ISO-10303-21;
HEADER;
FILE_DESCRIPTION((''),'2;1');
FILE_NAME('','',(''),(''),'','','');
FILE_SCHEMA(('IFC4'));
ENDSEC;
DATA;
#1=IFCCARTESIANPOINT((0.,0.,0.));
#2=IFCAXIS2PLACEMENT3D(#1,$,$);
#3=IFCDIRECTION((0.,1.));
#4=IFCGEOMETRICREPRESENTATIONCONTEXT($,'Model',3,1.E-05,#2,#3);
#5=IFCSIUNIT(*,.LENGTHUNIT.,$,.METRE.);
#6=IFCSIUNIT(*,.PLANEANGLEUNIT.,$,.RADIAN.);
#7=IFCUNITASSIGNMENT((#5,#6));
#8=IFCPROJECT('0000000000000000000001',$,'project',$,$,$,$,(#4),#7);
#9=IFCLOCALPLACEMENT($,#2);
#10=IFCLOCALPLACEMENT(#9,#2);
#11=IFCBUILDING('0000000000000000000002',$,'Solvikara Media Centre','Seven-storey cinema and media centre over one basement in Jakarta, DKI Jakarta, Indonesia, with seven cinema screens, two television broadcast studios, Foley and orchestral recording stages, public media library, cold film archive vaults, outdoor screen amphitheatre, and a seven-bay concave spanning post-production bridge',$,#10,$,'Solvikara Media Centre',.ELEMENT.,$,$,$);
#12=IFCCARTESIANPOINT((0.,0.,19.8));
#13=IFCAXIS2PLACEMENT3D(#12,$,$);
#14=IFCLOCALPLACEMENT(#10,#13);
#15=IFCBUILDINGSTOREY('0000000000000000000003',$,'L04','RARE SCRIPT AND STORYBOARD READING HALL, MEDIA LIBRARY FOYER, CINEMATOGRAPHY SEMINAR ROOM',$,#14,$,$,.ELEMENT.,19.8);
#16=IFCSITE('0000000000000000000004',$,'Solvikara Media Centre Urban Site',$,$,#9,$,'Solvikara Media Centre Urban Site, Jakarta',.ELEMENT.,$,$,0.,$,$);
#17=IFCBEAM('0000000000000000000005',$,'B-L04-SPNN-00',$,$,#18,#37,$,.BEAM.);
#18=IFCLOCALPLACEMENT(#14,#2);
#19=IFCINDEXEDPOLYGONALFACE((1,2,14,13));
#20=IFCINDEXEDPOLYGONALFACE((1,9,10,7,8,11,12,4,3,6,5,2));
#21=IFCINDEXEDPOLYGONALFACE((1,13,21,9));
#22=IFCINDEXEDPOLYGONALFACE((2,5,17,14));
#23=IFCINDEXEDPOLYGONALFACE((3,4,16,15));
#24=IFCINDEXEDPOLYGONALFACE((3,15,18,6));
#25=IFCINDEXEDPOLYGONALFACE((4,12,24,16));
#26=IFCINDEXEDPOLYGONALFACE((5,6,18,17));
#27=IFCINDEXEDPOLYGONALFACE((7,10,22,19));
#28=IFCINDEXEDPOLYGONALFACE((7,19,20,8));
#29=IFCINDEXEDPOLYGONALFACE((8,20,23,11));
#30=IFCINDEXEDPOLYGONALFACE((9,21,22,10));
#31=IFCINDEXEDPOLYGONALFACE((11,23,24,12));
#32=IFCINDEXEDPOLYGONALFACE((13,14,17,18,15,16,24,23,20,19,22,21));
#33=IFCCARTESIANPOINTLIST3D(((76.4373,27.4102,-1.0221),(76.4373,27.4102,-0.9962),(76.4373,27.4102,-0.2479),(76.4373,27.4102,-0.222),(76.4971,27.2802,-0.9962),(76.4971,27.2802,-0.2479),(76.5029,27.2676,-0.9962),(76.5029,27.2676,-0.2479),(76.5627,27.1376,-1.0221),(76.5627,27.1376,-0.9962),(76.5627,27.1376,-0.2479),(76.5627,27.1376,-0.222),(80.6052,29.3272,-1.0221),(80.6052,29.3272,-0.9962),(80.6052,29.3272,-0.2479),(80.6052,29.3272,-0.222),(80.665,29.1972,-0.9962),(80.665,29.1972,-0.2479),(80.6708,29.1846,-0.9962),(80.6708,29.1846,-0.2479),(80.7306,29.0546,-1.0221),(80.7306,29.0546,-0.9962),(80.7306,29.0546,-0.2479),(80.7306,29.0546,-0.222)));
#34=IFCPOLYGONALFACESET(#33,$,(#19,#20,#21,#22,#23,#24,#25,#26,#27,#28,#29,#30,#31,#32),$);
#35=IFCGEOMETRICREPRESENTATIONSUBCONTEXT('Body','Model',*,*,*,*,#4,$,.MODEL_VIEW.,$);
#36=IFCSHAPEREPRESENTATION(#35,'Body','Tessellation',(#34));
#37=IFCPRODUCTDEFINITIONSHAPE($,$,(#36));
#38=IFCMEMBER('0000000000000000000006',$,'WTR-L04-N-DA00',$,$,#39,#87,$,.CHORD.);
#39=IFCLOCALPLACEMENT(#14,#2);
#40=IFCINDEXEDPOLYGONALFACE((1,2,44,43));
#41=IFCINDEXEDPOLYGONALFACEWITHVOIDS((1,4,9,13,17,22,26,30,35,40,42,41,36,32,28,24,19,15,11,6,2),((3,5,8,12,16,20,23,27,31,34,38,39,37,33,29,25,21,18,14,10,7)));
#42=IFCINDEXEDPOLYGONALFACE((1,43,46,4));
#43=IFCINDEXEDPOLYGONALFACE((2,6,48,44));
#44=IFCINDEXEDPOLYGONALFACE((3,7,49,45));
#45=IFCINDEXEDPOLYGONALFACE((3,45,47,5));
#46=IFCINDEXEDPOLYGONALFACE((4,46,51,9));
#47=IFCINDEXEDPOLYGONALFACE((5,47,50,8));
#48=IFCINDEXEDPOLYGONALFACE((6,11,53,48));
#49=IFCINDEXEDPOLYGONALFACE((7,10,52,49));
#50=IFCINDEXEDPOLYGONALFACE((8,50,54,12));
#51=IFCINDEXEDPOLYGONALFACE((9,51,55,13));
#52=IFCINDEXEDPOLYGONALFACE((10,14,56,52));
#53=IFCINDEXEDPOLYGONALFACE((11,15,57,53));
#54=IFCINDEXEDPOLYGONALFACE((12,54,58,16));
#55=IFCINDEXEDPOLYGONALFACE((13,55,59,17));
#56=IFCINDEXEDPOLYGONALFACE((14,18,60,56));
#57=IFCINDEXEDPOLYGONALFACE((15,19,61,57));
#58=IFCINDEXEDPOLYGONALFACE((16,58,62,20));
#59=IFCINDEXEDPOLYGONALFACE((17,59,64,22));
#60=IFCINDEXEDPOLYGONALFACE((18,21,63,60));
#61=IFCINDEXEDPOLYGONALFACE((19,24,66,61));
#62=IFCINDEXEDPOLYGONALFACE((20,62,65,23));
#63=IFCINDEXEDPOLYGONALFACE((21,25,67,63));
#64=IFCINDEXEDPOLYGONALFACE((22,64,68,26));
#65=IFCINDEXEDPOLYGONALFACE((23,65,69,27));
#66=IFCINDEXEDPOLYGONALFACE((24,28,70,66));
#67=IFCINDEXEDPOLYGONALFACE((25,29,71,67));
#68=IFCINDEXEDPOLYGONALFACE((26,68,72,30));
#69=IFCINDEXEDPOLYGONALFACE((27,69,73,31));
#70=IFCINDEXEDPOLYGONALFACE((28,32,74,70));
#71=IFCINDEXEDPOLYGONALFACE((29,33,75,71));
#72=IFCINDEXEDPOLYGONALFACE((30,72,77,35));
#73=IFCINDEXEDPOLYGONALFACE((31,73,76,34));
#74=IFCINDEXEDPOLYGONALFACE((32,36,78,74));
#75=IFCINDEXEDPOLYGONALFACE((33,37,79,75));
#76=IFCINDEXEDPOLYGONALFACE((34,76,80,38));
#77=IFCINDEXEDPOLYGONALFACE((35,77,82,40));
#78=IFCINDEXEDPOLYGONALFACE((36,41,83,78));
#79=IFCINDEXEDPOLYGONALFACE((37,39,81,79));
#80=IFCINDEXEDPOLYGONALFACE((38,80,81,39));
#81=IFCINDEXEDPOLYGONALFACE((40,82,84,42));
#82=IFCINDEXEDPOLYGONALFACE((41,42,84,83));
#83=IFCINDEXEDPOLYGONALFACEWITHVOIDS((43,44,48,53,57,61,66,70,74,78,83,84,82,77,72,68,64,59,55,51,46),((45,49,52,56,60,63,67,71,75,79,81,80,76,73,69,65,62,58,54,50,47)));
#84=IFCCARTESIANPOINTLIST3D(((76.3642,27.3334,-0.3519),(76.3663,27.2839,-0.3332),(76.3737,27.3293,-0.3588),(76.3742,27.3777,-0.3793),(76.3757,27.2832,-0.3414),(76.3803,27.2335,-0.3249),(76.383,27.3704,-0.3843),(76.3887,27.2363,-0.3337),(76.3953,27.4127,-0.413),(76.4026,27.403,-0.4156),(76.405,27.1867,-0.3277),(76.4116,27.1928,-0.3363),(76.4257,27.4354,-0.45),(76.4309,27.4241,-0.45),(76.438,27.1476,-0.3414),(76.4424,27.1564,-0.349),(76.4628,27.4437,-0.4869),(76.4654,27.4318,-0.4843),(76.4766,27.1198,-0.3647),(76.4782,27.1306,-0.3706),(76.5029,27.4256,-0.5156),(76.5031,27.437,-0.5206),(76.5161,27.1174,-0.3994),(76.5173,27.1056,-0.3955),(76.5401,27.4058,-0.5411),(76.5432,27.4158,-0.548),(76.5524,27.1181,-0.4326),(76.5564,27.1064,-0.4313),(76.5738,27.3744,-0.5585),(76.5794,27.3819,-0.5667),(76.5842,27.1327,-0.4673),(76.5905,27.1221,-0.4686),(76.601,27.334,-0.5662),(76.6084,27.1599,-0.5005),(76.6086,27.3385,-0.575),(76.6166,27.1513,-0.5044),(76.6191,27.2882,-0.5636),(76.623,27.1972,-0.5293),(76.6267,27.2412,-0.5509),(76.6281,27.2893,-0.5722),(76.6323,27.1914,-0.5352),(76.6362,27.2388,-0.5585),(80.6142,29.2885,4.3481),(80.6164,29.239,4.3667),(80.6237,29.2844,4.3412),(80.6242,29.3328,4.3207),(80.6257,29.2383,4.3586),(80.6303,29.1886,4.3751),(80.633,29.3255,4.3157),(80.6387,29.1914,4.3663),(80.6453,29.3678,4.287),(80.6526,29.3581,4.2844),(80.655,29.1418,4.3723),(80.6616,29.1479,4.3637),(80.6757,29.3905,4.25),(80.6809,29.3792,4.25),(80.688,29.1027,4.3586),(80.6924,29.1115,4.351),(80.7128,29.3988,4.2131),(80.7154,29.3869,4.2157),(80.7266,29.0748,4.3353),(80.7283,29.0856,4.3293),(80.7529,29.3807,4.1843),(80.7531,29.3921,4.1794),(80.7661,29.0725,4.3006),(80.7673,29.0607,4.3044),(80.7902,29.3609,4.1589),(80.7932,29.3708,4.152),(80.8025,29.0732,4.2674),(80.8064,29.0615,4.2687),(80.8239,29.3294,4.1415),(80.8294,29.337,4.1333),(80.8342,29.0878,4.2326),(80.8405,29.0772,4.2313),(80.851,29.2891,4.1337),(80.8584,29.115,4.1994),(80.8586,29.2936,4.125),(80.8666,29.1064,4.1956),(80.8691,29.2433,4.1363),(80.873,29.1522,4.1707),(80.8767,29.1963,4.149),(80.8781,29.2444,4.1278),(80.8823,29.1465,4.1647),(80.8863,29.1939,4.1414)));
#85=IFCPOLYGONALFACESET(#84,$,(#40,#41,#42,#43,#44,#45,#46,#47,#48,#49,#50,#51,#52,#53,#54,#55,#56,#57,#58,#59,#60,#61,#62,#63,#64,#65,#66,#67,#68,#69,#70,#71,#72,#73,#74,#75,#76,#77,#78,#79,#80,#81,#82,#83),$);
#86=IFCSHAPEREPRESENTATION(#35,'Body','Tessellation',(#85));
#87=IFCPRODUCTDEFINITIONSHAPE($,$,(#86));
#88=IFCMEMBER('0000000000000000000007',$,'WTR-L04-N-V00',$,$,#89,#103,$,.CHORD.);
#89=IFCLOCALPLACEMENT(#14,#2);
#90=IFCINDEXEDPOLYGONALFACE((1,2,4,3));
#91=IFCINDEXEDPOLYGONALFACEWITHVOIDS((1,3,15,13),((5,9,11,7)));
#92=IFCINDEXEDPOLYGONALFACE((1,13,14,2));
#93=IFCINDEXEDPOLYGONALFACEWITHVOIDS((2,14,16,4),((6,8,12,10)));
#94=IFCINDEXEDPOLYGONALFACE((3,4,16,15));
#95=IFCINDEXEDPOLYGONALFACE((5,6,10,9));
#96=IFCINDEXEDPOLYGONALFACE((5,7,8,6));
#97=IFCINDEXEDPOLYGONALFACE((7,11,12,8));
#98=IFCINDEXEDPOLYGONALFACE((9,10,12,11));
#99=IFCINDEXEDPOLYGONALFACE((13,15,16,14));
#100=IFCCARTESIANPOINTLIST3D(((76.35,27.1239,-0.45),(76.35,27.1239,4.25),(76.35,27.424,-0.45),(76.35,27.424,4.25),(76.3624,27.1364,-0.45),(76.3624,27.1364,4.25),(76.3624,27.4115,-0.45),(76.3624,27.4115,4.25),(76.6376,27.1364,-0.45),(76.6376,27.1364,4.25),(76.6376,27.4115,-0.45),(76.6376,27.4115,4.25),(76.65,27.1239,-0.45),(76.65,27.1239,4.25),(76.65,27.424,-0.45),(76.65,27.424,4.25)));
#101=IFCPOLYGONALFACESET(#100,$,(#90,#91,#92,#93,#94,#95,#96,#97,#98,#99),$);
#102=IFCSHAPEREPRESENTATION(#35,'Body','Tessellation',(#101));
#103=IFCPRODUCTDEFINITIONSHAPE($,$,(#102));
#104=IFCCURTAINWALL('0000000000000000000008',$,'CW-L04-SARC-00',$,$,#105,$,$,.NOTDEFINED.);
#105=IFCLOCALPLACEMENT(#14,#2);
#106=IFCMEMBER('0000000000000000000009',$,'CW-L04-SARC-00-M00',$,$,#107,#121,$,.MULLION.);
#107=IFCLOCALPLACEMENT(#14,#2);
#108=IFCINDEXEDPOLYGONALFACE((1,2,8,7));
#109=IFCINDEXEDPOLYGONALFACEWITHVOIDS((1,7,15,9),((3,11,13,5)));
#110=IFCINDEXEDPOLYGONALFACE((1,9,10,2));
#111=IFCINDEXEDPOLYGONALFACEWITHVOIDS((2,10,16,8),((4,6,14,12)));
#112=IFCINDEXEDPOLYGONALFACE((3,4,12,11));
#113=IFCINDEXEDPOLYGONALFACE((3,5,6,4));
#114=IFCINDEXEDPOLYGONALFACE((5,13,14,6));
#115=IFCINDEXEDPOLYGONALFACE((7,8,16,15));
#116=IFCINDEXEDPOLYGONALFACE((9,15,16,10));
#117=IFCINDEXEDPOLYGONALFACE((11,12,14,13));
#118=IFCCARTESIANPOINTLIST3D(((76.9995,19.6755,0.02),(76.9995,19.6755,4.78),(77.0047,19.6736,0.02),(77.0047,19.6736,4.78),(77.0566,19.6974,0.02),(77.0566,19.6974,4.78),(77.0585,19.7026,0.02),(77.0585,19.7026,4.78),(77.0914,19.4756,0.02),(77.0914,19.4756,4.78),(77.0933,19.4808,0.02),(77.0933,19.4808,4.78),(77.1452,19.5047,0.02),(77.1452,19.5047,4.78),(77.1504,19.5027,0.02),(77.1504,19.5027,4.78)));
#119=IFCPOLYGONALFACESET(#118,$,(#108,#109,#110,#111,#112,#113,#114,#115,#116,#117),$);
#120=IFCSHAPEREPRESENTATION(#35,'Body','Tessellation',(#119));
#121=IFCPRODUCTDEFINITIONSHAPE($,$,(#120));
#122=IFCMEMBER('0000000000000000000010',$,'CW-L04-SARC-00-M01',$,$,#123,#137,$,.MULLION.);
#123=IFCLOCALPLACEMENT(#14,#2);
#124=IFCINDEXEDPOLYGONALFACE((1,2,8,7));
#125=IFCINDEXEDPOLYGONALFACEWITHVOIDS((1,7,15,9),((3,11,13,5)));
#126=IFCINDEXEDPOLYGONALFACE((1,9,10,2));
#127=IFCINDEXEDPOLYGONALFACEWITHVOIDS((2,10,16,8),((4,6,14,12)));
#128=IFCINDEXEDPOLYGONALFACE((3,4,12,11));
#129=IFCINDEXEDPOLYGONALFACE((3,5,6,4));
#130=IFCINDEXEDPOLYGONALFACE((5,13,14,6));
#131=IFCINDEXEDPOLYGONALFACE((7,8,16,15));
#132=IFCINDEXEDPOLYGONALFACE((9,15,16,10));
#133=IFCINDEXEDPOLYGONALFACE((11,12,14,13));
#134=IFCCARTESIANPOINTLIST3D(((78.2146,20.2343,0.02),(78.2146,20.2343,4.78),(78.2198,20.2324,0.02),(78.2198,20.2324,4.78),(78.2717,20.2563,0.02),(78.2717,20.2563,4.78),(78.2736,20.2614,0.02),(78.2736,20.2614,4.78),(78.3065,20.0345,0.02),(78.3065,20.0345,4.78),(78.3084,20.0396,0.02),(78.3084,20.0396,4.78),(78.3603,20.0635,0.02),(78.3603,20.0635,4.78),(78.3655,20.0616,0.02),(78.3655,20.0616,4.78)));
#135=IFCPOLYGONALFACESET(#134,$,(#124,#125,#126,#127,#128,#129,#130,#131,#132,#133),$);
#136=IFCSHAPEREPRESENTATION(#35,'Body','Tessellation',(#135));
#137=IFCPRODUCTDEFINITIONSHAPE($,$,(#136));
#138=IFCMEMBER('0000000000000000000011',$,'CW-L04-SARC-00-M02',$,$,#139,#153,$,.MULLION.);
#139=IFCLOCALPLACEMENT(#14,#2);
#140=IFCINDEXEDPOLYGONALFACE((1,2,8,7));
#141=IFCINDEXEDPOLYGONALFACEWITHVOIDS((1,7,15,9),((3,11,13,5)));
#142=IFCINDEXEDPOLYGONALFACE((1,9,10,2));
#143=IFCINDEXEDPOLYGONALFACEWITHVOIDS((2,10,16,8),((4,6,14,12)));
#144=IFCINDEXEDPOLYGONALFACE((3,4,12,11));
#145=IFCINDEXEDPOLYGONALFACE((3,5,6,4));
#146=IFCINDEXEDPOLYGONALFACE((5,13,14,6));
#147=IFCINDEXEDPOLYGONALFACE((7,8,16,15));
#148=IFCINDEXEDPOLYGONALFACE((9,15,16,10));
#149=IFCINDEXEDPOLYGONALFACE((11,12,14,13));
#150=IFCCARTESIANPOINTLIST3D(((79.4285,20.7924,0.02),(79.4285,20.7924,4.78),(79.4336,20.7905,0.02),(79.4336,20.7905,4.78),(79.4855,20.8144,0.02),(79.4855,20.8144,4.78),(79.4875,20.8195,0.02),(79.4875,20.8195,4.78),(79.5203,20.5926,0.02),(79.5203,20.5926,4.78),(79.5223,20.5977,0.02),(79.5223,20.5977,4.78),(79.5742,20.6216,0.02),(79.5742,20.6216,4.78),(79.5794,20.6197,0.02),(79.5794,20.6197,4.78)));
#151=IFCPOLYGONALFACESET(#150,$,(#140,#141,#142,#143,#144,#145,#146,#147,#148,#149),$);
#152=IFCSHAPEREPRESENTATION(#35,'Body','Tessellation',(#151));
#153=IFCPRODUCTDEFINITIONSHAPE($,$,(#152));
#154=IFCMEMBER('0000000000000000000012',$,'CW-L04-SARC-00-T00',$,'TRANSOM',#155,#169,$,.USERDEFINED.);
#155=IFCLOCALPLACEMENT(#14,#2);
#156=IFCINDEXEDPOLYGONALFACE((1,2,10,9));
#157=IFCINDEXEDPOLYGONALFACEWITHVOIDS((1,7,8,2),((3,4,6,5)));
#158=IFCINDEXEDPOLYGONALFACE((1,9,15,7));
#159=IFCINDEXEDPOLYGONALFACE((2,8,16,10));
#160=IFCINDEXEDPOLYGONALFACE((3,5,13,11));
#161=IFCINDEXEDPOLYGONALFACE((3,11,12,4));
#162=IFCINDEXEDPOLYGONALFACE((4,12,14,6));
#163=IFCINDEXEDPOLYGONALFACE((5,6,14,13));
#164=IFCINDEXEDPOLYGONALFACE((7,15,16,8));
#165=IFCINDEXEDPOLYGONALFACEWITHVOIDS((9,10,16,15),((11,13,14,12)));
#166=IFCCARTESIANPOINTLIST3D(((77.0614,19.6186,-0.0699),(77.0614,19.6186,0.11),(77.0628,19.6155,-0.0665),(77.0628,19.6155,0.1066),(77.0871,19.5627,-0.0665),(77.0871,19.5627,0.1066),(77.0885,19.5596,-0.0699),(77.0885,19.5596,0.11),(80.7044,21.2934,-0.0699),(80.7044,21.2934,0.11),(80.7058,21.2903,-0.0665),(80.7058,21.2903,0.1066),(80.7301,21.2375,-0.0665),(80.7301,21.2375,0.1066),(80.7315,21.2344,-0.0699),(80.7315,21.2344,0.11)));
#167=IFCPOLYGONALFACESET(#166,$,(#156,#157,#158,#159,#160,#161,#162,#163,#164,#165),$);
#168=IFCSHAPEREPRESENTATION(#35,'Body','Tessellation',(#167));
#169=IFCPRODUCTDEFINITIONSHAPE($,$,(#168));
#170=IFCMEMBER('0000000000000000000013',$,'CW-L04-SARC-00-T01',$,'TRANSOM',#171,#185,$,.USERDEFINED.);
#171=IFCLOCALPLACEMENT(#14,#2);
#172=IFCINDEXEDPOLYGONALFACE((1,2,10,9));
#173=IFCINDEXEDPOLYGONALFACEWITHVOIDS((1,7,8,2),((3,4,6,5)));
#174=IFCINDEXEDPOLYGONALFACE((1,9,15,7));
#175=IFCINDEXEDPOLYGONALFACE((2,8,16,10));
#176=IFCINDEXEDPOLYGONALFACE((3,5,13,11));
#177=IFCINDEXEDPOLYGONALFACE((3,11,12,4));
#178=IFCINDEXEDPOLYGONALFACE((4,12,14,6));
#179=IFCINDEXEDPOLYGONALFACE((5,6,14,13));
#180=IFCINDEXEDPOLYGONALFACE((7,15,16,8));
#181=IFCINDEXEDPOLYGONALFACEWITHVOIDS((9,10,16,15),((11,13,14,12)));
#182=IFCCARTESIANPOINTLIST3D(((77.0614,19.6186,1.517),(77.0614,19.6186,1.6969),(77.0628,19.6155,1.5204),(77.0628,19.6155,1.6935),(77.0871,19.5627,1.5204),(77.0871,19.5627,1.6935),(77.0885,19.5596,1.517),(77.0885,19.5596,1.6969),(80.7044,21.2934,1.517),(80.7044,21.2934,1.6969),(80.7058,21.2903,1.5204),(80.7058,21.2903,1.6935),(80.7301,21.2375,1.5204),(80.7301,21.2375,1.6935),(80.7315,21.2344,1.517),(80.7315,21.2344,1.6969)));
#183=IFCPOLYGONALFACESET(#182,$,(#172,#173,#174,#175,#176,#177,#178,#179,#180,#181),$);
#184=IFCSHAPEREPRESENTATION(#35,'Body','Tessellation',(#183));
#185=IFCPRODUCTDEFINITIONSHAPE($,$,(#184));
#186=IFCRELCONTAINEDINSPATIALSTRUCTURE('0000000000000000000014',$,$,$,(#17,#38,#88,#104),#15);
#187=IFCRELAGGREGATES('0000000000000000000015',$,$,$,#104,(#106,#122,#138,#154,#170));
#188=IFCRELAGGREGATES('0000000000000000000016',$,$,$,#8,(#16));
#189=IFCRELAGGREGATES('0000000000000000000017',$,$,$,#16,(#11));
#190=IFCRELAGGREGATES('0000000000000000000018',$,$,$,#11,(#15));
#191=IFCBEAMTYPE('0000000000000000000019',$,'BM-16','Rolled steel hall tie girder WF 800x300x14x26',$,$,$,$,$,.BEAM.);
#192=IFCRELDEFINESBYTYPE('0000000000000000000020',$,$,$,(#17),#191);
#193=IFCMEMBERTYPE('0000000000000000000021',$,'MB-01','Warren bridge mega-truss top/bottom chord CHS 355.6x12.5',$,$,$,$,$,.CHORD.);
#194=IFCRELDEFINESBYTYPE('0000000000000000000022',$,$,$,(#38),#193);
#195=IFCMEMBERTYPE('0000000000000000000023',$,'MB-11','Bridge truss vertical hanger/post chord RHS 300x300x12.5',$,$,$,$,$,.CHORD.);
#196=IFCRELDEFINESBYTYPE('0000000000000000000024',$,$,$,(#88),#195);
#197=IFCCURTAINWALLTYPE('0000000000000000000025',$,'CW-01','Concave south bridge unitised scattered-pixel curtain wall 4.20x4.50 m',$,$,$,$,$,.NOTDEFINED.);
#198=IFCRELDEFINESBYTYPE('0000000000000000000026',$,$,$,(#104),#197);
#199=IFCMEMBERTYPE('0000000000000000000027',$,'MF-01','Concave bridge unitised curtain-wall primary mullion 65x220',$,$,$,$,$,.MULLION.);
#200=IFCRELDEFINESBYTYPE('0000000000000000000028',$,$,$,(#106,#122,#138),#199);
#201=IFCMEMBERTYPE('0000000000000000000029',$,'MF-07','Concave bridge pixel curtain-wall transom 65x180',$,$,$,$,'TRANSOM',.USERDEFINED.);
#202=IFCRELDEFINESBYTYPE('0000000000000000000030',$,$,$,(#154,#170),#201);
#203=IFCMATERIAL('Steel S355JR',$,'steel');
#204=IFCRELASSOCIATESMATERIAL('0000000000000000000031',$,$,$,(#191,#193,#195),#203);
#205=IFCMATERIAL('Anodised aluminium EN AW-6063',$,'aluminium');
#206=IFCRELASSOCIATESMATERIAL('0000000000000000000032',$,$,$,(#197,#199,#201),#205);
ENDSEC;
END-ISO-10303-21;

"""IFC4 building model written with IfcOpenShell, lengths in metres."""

from ifc_helpers import new_model, si_unit, direction, frame, origin, origin_2d, place, context, subcontext, project, spatial, hollow_rectangle, hollow_circle, i_section, extrude, material, material_profile, profile_set, type_object, element, aggregate, save


model = new_model("IFC4")

# Units and contexts
model_context = context("Model", 3, precision=1e-05, world=origin(), true_north=direction((0.0, 1.0)))
body_context = subcontext(model_context, "Body", "Model", "MODEL_VIEW")
ifc_project = project(units=[si_unit("LENGTHUNIT", "METRE"), si_unit("PLANEANGLEUNIT", "RADIAN")], contexts=[model_context])

# Site, building, storey
site_placement = place(None, origin())
site = spatial("IfcSite", under=ifc_project, at=site_placement, Name="Solvikara Media Centre Urban Site", LongName="Solvikara Media Centre Urban Site, Jakarta", CompositionType="ELEMENT", RefElevation=0.0)
building_placement = place(site_placement, origin())
building = spatial("IfcBuilding", under=site, at=building_placement, Name="Solvikara Media Centre", Description="Seven-storey cinema and media centre over one basement in Jakarta, DKI Jakarta, Indonesia, with seven cinema screens, two television broadcast studios, Foley and orchestral recording stages, public media library, cold film archive vaults, outdoor screen amphitheatre, and a seven-bay concave spanning post-production bridge", LongName="Solvikara Media Centre", CompositionType="ELEMENT")
storey_placement = place(building_placement, frame((0.0, 0.0, 19.8)))
storey = spatial("IfcBuildingStorey", under=building, at=storey_placement, Name="L04", Description="RARE SCRIPT AND STORYBOARD READING HALL, MEDIA LIBRARY FOYER, CINEMATOGRAPHY SEMINAR ROOM", CompositionType="ELEMENT", Elevation=19.8)

# Beam
ifc_material_1 = material(Name="Steel S355JR", Category="steel")
ifc_material_profile_1 = material_profile(ifc_material_1, i_section(OverallWidth=0.3, OverallDepth=0.8, WebThickness=0.0139, FlangeThickness=0.0259, at=origin_2d()), Name="WF 800x300x14x26")
ifc_profile_set_1 = profile_set([ifc_material_profile_1], Name="Steel S355JR")
beam_type = type_object("IfcBeamType", Name="BM-16", Description="Rolled steel hall tie girder WF 800x300x14x26", PredefinedType="BEAM", material=ifc_profile_set_1)
beam_placement = place(storey_placement, frame((76.5, 27.2739, -0.6221), z_axis=(0.908513, 0.417856, 0.0), x_axis=(-0.417856, 0.908513, 0.0)))
element("IfcBeam", 1, at=beam_placement, inside=storey, type_object=beam_type, Name="B-L04-SPNN-00", PredefinedType="BEAM", context=body_context, shape_type="SweptSolid", body=[
    extrude(i_section(OverallWidth=0.3, OverallDepth=0.8, WebThickness=0.0139, FlangeThickness=0.0259, at=origin_2d()), origin(), (0.0, 0.0, 1.0), 4.5876),
])

# Members
ifc_material_profile_2 = material_profile(ifc_material_1, hollow_circle(Radius=0.1777, WallThickness=0.0125, at=origin_2d()), Name="CHS 355.6x12.5")
ifc_profile_set_2 = profile_set([ifc_material_profile_2], Name="Steel S355JR")
member_type_1 = type_object("IfcMemberType", Name="MB-01", Description="Warren bridge mega-truss top/bottom chord CHS 355.6x12.5", PredefinedType="CHORD", material=ifc_profile_set_2)
member_1_placement = place(storey_placement, frame((76.5, 27.2739, -0.45), z_axis=(0.640898, 0.294825, 0.708751), x_axis=(-0.417919, 0.908484, 0.0)))
element("IfcMember", 2, at=member_1_placement, inside=storey, type_object=member_type_1, Name="WTR-L04-N-DA00", PredefinedType="CHORD", context=body_context, shape_type="SweptSolid", body=[
    extrude(hollow_circle(Radius=0.1777, WallThickness=0.0125, at=origin_2d()), origin(), (0.0, 0.0, 1.0), 6.6313),
])
ifc_material_profile_3 = material_profile(ifc_material_1, hollow_rectangle(XDim=0.3, YDim=0.3, WallThickness=0.0125, at=origin_2d()), Name="RHS 300x300x12.5")
ifc_profile_set_3 = profile_set([ifc_material_profile_3], Name="Steel S355JR")
member_type_2 = type_object("IfcMemberType", Name="MB-11", Description="Bridge truss vertical hanger/post chord RHS 300x300x12.5", PredefinedType="CHORD", material=ifc_profile_set_3)
member_2_placement = place(storey_placement, frame((76.5, 27.2739, -0.45), z_axis=(0.0, 0.0, 1.0), x_axis=(1.0, 0.0, 0.0)))
element("IfcMember", 3, at=member_2_placement, inside=storey, type_object=member_type_2, Name="WTR-L04-N-V00", PredefinedType="CHORD", context=body_context, shape_type="SweptSolid", body=[
    extrude(hollow_rectangle(XDim=0.3, YDim=0.3, WallThickness=0.0125, at=origin_2d()), origin(), (0.0, 0.0, 1.0), 4.7),
])

# Curtain wall, members
ifc_material_2 = material(Name="Anodised aluminium EN AW-6063", Category="aluminium")
curtain_wall_type = type_object("IfcCurtainWallType", Name="CW-01", Description="Concave south bridge unitised scattered-pixel curtain wall 4.20x4.50 m", PredefinedType="NOTDEFINED", material=ifc_material_2)
curtain_wall_placement = place(storey_placement, origin())
curtain_wall = element("IfcCurtainWall", 4, at=curtain_wall_placement, inside=storey, type_object=curtain_wall_type, Name="CW-L04-SARC-00", PredefinedType="NOTDEFINED")
ifc_material_profile_4 = material_profile(ifc_material_2, hollow_rectangle(XDim=0.0649, YDim=0.22, WallThickness=0.0039, at=origin_2d()), Name="ALU-M 65x220x4")
ifc_profile_set_4 = profile_set([ifc_material_profile_4], Name="Anodised aluminium EN AW-6063")
member_type_3 = type_object("IfcMemberType", Name="MF-01", Description="Concave bridge unitised curtain-wall primary mullion 65x220", PredefinedType="MULLION", material=ifc_profile_set_4)
member_3_placement = place(storey_placement, frame((77.075, 19.5891, 0.02), z_axis=(0.0, 0.0, 1.0), x_axis=(0.908567, 0.41774, 0.0)))
member_3 = element("IfcMember", 5, at=member_3_placement, type_object=member_type_3, Name="CW-L04-SARC-00-M00", PredefinedType="MULLION", context=body_context, shape_type="SweptSolid", body=[
    extrude(hollow_rectangle(XDim=0.0649, YDim=0.22, WallThickness=0.0039, at=origin_2d()), origin(), (0.0, 0.0, 1.0), 4.76),
])
member_4_placement = place(storey_placement, frame((78.29, 20.1479, 0.02), z_axis=(0.0, 0.0, 1.0), x_axis=(0.908567, 0.41774, 0.0)))
member_4 = element("IfcMember", 6, at=member_4_placement, type_object=member_type_3, Name="CW-L04-SARC-00-M01", PredefinedType="MULLION", context=body_context, shape_type="SweptSolid", body=[
    extrude(hollow_rectangle(XDim=0.0649, YDim=0.22, WallThickness=0.0039, at=origin_2d()), origin(), (0.0, 0.0, 1.0), 4.76),
])
member_5_placement = place(storey_placement, frame((79.5039, 20.7061, 0.02), z_axis=(0.0, 0.0, 1.0), x_axis=(0.908567, 0.41774, 0.0)))
member_5 = element("IfcMember", 7, at=member_5_placement, type_object=member_type_3, Name="CW-L04-SARC-00-M02", PredefinedType="MULLION", context=body_context, shape_type="SweptSolid", body=[
    extrude(hollow_rectangle(XDim=0.0649, YDim=0.22, WallThickness=0.0039, at=origin_2d()), origin(), (0.0, 0.0, 1.0), 4.76),
])
ifc_material_profile_5 = material_profile(ifc_material_2, hollow_rectangle(XDim=0.0649, YDim=0.1799, WallThickness=0.0034, at=origin_2d()), Name="ALU-T 65x180x3.5")
ifc_profile_set_5 = profile_set([ifc_material_profile_5], Name="Anodised aluminium EN AW-6063")
member_type_4 = type_object("IfcMemberType", Name="MF-07", Description="Concave bridge pixel curtain-wall transom 65x180", ElementType="TRANSOM", PredefinedType="USERDEFINED", material=ifc_profile_set_5)
member_6_placement = place(storey_placement, frame((77.075, 19.5891, 0.02), z_axis=(0.908586, 0.417699, 0.0), x_axis=(-0.417699, 0.908586, 0.0)))
member_6 = element("IfcMember", 8, at=member_6_placement, type_object=member_type_4, Name="CW-L04-SARC-00-T00", ObjectType="TRANSOM", PredefinedType="USERDEFINED", context=body_context, shape_type="SweptSolid", body=[
    extrude(hollow_rectangle(XDim=0.0649, YDim=0.1799, WallThickness=0.0034, at=origin_2d()), origin(), (0.0, 0.0, 1.0), 4.0095),
])
member_7_placement = place(storey_placement, frame((77.075, 19.5891, 1.6069), z_axis=(0.908586, 0.417699, 0.0), x_axis=(-0.417699, 0.908586, 0.0)))
member_7 = element("IfcMember", 9, at=member_7_placement, type_object=member_type_4, Name="CW-L04-SARC-00-T01", ObjectType="TRANSOM", PredefinedType="USERDEFINED", context=body_context, shape_type="SweptSolid", body=[
    extrude(hollow_rectangle(XDim=0.0649, YDim=0.1799, WallThickness=0.0034, at=origin_2d()), origin(), (0.0, 0.0, 1.0), 4.0095),
])
aggregate(curtain_wall, [member_3, member_4, member_5, member_6, member_7])

save(model, "model.ifc")
